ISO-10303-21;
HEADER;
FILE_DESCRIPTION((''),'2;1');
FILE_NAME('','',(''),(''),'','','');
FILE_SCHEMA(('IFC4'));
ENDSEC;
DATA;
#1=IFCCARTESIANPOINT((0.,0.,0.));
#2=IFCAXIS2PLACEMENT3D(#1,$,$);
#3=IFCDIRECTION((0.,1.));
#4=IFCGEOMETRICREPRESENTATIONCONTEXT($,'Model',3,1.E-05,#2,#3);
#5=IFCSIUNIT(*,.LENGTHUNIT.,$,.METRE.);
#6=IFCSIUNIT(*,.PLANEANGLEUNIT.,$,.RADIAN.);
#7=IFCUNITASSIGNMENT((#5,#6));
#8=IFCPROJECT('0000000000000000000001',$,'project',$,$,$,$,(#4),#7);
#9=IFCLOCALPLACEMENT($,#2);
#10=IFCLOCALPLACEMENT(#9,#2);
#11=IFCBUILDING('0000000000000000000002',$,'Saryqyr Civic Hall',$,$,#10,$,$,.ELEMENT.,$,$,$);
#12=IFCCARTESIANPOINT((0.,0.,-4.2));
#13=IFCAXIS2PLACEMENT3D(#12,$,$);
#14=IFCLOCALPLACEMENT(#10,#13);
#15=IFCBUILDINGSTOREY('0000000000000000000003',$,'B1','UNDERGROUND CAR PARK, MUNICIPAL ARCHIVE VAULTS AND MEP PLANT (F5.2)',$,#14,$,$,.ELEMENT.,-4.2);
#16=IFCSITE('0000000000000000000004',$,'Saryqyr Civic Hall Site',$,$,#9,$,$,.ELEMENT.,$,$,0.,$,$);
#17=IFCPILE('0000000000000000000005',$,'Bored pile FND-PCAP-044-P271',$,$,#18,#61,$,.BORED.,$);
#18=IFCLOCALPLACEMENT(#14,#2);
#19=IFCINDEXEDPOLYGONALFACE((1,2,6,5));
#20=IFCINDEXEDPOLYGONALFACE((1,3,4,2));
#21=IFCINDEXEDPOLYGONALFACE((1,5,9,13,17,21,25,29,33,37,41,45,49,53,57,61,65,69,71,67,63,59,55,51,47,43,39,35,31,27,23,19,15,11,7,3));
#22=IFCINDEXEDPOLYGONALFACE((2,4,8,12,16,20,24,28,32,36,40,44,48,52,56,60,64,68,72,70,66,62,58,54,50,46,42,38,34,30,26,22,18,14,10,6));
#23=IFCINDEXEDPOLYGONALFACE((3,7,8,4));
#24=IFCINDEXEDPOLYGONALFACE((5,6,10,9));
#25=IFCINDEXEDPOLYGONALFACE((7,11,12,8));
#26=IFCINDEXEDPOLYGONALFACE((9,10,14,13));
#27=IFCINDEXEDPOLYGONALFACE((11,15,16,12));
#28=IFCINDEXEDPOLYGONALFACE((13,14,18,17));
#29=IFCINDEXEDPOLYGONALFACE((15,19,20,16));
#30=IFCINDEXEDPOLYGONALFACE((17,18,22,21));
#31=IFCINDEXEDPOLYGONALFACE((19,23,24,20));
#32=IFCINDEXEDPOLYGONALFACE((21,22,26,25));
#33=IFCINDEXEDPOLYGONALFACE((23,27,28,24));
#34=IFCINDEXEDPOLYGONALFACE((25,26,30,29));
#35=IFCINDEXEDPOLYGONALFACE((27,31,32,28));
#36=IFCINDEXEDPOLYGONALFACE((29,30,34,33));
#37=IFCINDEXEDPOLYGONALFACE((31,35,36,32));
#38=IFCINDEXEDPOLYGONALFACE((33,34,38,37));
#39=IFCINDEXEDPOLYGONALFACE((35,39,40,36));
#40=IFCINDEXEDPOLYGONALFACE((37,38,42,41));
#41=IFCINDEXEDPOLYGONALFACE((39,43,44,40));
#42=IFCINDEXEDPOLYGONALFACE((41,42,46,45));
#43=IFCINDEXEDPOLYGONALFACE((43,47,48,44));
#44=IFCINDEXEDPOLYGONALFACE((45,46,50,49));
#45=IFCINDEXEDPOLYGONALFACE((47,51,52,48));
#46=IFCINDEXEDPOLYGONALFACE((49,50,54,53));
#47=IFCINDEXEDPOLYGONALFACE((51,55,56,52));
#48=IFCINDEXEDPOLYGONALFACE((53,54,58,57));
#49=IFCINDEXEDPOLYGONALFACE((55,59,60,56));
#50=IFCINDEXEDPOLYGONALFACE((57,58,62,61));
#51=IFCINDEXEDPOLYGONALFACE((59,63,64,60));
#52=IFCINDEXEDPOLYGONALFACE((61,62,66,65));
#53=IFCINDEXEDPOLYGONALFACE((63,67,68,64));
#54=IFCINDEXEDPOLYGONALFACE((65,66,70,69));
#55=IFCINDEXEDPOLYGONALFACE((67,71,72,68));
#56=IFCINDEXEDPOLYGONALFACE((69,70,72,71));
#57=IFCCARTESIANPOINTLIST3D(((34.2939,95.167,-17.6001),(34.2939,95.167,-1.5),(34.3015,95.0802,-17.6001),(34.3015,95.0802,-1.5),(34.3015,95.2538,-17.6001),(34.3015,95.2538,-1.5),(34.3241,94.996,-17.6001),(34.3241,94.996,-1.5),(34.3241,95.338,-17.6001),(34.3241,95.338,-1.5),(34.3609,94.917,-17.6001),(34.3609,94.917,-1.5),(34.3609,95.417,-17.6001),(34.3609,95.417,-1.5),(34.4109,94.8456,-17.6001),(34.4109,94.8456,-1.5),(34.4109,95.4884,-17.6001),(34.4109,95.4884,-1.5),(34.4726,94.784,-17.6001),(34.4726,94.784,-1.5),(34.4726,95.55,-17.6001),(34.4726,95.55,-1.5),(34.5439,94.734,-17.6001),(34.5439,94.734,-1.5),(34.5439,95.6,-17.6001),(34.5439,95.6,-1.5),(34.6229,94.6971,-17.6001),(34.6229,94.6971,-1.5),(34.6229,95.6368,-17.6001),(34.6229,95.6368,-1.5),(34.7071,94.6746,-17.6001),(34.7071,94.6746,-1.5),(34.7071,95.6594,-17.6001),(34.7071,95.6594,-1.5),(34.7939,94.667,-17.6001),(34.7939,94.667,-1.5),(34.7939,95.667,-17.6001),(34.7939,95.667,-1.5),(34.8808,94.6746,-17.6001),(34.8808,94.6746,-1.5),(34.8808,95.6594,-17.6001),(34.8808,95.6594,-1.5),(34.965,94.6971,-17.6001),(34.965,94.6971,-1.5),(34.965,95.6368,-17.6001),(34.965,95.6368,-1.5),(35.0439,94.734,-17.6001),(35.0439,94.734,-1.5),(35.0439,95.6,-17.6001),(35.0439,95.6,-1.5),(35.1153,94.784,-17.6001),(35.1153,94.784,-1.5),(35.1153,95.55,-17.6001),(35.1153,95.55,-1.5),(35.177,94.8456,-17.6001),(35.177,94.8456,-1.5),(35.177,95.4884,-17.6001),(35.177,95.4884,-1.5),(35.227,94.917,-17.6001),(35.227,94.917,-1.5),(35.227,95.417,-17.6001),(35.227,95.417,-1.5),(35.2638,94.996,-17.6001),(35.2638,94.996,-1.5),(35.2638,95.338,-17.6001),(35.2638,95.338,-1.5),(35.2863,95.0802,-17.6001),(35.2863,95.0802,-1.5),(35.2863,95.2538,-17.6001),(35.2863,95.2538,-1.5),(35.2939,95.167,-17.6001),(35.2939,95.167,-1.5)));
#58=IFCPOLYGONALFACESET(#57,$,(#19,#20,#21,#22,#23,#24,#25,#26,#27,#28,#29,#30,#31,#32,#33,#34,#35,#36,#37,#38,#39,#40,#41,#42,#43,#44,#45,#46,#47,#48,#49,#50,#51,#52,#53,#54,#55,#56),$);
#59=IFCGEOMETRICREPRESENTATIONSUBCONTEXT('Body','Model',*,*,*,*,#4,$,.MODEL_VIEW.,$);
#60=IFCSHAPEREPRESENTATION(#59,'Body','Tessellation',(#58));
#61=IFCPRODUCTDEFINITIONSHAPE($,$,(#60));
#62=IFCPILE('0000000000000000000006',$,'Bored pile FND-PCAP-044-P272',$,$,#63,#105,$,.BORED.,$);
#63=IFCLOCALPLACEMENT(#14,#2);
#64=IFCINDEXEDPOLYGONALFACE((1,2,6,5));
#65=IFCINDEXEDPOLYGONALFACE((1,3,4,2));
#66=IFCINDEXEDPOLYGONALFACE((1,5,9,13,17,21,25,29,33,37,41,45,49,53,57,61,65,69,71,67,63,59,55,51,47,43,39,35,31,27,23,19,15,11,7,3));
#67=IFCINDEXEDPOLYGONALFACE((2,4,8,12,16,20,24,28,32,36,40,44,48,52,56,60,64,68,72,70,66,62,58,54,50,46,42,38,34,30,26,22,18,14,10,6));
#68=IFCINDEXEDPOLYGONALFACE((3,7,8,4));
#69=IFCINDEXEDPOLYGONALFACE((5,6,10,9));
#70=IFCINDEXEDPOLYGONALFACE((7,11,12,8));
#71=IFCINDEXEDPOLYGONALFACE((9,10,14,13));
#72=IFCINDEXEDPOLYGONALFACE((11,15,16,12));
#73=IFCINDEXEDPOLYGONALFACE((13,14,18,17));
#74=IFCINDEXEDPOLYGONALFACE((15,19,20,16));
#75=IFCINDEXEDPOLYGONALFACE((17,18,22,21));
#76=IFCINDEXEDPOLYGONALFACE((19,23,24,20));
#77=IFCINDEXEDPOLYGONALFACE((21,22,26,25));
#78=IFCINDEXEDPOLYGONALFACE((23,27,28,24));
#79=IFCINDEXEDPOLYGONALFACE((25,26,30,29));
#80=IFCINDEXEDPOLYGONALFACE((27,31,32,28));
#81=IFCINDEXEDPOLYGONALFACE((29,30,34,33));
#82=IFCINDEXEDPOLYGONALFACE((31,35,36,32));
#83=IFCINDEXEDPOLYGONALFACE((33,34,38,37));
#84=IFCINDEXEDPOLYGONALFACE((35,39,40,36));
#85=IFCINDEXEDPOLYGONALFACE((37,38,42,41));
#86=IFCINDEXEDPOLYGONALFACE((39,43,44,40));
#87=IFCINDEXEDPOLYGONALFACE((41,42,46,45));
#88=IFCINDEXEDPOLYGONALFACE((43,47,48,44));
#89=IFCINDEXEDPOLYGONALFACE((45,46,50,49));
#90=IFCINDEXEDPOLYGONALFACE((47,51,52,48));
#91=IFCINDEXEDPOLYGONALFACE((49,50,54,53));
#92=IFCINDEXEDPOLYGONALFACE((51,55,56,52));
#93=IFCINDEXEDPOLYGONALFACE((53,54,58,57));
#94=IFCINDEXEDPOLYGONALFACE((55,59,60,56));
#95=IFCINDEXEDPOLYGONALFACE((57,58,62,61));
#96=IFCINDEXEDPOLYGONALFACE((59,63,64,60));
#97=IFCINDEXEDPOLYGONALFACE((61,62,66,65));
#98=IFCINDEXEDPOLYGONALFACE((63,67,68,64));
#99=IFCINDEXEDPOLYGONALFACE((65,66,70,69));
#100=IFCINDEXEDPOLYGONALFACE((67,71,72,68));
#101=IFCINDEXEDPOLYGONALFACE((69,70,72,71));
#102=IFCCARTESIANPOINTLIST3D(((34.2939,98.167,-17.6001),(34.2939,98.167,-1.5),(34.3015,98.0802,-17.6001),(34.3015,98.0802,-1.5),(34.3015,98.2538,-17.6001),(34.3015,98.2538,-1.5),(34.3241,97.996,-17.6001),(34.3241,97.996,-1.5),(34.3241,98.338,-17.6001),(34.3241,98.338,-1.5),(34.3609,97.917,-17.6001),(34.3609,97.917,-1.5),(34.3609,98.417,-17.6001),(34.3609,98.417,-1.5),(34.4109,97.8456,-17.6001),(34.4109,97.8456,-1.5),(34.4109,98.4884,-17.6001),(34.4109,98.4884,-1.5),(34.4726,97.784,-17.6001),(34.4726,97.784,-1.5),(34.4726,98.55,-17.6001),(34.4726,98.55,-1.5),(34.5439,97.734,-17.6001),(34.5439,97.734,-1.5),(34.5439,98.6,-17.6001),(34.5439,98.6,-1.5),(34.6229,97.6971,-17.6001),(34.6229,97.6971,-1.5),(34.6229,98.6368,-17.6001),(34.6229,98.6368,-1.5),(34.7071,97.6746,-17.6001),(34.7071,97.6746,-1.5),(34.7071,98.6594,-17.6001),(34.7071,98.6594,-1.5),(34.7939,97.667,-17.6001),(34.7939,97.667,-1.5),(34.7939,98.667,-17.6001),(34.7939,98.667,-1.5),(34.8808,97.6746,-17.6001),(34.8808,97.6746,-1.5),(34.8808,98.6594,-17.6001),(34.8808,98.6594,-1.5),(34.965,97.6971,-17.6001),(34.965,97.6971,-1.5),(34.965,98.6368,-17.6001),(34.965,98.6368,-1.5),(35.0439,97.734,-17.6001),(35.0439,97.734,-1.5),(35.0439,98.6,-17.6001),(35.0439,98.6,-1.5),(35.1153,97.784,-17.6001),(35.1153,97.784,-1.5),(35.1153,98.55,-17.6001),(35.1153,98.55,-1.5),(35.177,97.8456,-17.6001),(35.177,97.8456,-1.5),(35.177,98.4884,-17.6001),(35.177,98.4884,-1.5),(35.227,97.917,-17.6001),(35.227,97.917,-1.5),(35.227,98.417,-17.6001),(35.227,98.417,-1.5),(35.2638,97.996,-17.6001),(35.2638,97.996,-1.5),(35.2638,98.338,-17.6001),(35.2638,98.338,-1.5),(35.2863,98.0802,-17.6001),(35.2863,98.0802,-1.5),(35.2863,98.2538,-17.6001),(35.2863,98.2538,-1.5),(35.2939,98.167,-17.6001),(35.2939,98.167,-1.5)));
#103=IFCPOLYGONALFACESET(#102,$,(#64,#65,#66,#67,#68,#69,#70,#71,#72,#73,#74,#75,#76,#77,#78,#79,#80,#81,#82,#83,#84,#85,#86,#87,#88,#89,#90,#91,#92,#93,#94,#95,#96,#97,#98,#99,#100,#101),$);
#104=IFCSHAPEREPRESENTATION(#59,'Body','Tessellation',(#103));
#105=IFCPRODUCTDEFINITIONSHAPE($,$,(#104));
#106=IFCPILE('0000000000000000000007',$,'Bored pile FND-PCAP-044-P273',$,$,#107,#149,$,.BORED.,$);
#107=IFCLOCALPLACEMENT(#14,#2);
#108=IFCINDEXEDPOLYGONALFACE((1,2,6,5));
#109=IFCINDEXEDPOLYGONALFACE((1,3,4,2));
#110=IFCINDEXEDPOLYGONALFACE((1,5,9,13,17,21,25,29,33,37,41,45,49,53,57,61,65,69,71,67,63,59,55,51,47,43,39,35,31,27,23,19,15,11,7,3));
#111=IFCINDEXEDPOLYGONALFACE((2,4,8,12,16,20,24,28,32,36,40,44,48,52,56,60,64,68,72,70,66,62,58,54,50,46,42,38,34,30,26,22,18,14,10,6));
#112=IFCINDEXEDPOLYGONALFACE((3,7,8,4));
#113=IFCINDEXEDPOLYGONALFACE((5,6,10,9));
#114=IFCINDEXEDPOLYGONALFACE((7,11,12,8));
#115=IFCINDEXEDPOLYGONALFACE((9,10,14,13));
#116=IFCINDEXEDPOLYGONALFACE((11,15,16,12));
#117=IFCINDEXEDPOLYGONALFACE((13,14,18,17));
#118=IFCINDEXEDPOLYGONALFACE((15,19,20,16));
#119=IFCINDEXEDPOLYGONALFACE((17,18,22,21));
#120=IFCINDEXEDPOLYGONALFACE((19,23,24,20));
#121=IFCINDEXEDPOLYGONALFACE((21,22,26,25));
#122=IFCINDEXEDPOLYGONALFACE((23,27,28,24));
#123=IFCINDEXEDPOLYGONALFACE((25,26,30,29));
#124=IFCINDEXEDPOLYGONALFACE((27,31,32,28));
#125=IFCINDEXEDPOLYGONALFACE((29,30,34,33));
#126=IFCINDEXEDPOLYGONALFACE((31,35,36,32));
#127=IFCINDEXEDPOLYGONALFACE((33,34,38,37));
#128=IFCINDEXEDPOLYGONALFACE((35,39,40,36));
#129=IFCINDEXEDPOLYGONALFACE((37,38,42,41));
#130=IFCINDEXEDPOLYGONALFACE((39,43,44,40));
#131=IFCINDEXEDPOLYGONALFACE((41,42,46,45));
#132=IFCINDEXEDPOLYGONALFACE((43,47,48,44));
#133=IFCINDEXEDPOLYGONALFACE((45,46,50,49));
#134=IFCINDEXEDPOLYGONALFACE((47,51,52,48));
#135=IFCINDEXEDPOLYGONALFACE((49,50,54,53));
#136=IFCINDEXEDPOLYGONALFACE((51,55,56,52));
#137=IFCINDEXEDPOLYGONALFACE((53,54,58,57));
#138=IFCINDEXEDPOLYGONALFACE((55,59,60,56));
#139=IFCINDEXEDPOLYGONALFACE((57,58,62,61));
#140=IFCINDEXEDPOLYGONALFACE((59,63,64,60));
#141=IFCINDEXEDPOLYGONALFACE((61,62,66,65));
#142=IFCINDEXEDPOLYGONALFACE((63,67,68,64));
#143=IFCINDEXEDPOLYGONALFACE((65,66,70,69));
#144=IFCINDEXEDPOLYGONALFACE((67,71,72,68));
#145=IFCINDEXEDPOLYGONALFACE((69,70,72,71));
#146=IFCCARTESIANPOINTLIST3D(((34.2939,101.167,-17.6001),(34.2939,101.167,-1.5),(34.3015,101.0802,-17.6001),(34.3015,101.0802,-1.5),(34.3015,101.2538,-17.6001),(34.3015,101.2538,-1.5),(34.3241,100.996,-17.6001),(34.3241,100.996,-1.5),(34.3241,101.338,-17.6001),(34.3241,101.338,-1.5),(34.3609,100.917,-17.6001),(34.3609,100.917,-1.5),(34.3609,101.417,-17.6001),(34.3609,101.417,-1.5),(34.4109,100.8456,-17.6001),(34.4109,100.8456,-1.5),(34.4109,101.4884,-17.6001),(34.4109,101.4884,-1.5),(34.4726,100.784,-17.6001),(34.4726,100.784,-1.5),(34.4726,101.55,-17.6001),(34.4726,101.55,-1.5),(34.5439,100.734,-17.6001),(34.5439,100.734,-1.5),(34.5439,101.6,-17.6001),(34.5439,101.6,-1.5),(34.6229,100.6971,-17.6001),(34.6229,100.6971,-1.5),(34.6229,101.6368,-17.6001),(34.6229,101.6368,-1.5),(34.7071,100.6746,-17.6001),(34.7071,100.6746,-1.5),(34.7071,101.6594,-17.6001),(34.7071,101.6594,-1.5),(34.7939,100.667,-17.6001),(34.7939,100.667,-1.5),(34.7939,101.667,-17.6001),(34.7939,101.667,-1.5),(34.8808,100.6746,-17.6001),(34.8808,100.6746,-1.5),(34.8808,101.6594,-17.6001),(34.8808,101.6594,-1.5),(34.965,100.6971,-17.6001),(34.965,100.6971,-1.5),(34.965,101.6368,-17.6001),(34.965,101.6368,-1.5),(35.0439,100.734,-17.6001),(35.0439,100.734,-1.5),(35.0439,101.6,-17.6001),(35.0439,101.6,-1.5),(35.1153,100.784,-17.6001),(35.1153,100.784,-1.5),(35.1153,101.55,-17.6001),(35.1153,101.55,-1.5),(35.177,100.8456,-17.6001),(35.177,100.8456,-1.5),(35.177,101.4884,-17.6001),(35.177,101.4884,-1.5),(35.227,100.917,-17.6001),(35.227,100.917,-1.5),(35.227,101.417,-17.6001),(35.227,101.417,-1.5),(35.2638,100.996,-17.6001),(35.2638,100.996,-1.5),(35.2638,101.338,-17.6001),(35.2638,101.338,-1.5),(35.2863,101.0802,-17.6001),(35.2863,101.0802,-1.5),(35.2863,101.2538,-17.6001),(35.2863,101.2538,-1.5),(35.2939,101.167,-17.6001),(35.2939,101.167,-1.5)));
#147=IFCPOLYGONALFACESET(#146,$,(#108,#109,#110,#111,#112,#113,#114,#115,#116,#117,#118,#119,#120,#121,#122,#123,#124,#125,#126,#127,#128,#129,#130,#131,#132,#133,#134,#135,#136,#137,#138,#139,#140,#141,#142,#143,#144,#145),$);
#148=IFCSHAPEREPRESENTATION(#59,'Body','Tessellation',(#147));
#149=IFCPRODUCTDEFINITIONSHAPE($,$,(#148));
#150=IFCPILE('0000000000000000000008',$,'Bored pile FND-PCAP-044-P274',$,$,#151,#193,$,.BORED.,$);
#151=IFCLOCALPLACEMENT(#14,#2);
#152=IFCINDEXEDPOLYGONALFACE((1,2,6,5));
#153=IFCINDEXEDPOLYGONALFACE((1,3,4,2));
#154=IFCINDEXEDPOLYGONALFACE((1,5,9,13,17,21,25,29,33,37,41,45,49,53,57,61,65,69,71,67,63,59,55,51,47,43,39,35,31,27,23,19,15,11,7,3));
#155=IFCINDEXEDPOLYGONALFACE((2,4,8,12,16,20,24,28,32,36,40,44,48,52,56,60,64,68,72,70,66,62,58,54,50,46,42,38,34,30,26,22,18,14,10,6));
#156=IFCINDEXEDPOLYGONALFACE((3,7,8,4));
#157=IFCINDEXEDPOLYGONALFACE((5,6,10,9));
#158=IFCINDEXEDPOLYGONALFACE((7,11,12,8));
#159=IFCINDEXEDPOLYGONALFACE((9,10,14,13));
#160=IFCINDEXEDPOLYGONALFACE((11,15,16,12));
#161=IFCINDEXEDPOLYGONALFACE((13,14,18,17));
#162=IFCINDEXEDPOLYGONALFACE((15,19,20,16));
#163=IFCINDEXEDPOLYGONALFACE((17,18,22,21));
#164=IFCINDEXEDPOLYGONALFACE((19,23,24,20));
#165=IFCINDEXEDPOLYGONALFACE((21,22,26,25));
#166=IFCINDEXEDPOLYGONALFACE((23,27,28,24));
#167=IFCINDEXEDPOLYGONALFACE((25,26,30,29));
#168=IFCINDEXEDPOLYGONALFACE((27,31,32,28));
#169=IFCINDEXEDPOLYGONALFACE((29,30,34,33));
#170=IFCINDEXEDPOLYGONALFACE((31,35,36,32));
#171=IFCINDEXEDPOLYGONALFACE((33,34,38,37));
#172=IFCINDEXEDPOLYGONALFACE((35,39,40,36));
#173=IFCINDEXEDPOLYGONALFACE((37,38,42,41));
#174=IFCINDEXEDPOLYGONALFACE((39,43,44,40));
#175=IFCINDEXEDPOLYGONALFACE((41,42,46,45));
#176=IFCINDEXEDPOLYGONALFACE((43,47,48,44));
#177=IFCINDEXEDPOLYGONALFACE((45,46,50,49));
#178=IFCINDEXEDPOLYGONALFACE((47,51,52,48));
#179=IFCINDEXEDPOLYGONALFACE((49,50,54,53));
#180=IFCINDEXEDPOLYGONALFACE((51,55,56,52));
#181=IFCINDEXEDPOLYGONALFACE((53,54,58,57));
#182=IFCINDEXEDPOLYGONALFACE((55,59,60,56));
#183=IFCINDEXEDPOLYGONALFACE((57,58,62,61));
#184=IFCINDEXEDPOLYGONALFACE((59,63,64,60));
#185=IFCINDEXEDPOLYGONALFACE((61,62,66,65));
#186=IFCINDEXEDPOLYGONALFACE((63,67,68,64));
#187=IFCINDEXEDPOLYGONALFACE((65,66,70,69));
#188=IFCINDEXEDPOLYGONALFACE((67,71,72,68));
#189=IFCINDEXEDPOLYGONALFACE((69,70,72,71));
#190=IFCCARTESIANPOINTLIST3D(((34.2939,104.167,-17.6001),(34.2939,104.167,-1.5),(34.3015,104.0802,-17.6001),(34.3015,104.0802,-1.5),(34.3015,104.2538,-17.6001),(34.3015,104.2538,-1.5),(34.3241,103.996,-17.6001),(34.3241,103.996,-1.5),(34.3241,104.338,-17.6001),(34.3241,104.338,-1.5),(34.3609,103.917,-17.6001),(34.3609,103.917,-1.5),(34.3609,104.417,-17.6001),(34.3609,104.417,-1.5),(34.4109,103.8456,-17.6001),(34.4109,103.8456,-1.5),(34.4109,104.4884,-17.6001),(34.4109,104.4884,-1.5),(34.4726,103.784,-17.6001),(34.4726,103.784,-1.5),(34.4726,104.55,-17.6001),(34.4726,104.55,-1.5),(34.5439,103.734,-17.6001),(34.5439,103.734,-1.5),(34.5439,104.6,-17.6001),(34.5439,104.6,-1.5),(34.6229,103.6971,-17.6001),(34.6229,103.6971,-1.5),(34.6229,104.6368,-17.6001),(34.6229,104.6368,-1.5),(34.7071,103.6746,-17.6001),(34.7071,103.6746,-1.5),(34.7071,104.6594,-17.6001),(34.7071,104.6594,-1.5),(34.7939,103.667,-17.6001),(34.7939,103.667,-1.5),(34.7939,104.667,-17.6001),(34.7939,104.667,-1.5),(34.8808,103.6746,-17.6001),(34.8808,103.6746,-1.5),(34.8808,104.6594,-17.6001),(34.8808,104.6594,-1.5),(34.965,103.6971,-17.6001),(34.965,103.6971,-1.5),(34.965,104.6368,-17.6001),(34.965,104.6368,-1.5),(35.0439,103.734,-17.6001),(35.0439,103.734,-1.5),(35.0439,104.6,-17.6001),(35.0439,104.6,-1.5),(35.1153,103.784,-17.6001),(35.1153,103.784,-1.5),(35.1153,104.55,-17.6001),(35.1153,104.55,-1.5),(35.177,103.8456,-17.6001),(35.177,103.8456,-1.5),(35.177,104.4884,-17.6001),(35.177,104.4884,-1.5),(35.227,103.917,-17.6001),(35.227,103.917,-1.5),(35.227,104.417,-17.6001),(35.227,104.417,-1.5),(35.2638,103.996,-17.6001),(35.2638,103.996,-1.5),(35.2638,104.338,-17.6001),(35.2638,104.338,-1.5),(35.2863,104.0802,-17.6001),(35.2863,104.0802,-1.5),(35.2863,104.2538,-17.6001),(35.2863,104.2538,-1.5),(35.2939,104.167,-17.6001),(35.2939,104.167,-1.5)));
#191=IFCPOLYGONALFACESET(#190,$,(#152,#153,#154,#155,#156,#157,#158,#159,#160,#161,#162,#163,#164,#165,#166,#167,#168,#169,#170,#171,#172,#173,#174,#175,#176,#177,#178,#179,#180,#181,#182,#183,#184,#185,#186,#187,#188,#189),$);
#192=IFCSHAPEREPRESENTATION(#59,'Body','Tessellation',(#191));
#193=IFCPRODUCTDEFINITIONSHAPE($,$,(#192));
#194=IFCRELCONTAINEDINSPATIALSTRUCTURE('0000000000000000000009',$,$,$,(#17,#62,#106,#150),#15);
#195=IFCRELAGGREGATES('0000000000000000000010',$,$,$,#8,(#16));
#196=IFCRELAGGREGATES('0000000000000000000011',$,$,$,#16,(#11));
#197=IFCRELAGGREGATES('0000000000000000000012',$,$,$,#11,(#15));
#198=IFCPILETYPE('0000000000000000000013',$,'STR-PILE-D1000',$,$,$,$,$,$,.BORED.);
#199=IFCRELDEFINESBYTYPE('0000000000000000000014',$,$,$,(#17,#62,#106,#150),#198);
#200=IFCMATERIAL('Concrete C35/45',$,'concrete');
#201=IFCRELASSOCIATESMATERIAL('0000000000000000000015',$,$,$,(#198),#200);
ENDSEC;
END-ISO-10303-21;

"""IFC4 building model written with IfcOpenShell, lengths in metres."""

from ifc_helpers import new_model, si_unit, direction, frame, origin, origin_2d, place, context, subcontext, project, spatial, circle, extrude, material, material_profile, profile_set, type_object, element, save


model = new_model("IFC4")

# Units and contexts
model_context = context("Model", 3, precision=1e-05, world=origin(), true_north=direction((0.0, 1.0)))
body_context = subcontext(model_context, "Body", "Model", "MODEL_VIEW")
ifc_project = project(units=[si_unit("LENGTHUNIT", "METRE"), si_unit("PLANEANGLEUNIT", "RADIAN")], contexts=[model_context])

# Site, building, storey
site_placement = place(None, origin())
site = spatial("IfcSite", under=ifc_project, at=site_placement, Name="Saryqyr Civic Hall Site", CompositionType="ELEMENT", RefElevation=0.0)
building_placement = place(site_placement, origin())
building = spatial("IfcBuilding", under=site, at=building_placement, Name="Saryqyr Civic Hall", CompositionType="ELEMENT")
storey_placement = place(building_placement, frame((0.0, 0.0, -4.2)))
storey = spatial("IfcBuildingStorey", under=building, at=storey_placement, Name="B1", Description="UNDERGROUND CAR PARK, MUNICIPAL ARCHIVE VAULTS AND MEP PLANT (F5.2)", CompositionType="ELEMENT", Elevation=-4.2)

# Piles
ifc_material_1 = material(Name="Concrete C35/45", Category="concrete")
ifc_material_profile_1 = material_profile(ifc_material_1, circle(Radius=0.5, at=origin_2d()), Name="BORED PILE D1000")
ifc_profile_set_1 = profile_set([ifc_material_profile_1], Name="Concrete C35/45")
pile_type = type_object("IfcPileType", Name="STR-PILE-D1000", PredefinedType="BORED", material=ifc_profile_set_1)
for number, where, z_axis, x_axis, name in (
    (1, (34.7939, 95.167, -1.5), (0.0, 0.0, -1.0), (1.0, 0.0, 0.0), "Bored pile FND-PCAP-044-P271"),
    (2, (34.7939, 98.167, -1.5), (0.0, 0.0, -1.0), (1.0, 0.0, 0.0), "Bored pile FND-PCAP-044-P272"),
    (3, (34.7939, 101.167, -1.5), (0.0, 0.0, -1.0), (1.0, 0.0, 0.0), "Bored pile FND-PCAP-044-P273"),
    (4, (34.7939, 104.167, -1.5), (0.0, 0.0, -1.0), (1.0, 0.0, 0.0), "Bored pile FND-PCAP-044-P274"),
):
    element("IfcPile", number, at=place(storey_placement, frame(where, z_axis=z_axis, x_axis=x_axis)), inside=storey, type_object=pile_type, Name=name, PredefinedType="BORED", context=body_context, shape_type="SweptSolid", body=[
        extrude(circle(Radius=0.5, at=origin_2d()), origin(), (0.0, 0.0, 1.0), 16.1001),
    ])

save(model, "model.ifc")
